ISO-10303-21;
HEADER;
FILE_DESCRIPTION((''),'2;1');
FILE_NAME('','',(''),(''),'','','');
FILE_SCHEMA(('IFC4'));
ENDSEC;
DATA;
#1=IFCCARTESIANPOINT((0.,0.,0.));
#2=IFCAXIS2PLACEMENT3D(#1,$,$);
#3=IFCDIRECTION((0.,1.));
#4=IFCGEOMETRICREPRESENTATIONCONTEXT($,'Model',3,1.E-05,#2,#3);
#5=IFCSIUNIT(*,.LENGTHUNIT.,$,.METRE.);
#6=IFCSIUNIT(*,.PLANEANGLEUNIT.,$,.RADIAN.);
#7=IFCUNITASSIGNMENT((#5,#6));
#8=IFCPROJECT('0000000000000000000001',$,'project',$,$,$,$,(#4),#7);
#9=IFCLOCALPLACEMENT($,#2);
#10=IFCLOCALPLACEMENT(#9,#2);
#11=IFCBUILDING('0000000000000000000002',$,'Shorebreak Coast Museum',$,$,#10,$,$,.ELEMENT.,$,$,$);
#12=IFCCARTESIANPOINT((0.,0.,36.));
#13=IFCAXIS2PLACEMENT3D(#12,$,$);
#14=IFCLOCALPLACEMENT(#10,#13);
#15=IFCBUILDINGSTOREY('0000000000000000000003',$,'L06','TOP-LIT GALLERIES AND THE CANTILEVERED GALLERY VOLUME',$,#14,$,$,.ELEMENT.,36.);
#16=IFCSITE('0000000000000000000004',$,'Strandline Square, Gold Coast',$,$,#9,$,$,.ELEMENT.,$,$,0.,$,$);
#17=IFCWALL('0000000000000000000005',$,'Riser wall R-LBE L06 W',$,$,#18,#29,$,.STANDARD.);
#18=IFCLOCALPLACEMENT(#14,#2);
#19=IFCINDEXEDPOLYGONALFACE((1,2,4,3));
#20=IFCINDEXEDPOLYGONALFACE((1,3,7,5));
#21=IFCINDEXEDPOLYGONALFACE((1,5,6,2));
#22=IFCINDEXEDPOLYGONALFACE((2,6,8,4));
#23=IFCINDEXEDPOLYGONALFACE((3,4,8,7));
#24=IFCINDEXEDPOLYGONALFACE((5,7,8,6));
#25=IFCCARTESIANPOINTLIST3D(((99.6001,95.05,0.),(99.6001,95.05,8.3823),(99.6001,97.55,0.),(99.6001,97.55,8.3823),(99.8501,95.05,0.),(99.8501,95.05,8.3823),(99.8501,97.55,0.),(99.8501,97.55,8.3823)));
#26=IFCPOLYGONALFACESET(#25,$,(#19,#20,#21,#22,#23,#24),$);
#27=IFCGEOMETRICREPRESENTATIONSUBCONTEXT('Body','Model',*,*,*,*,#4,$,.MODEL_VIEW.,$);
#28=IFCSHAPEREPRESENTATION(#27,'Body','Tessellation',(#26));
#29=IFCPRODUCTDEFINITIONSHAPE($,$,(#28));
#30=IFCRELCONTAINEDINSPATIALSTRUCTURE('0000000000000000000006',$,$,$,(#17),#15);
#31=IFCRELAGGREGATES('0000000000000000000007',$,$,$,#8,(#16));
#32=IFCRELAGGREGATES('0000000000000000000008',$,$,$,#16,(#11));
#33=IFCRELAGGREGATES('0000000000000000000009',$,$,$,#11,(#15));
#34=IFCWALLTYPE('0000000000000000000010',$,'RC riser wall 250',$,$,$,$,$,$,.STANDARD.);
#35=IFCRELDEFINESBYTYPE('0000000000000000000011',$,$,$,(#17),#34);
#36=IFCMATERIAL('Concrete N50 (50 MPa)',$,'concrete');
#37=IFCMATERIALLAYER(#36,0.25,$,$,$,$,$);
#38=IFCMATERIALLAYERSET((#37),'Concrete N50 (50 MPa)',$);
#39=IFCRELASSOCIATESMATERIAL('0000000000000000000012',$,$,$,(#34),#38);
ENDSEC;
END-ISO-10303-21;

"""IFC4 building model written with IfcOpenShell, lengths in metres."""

from ifc_helpers import new_model, si_unit, direction, frame, frame_2d, origin, place, context, subcontext, project, spatial, rectangle, extrude, material, layer, layer_set, type_object, element, save


model = new_model("IFC4")

# Units and contexts
model_context = context("Model", 3, precision=1e-05, world=origin(), true_north=direction((0.0, 1.0)))
body_context = subcontext(model_context, "Body", "Model", "MODEL_VIEW")
ifc_project = project(units=[si_unit("LENGTHUNIT", "METRE"), si_unit("PLANEANGLEUNIT", "RADIAN")], contexts=[model_context])

# Site, building, storey
site_placement = place(None, origin())
site = spatial("IfcSite", under=ifc_project, at=site_placement, Name="Strandline Square, Gold Coast", CompositionType="ELEMENT", RefElevation=0.0)
building_placement = place(site_placement, origin())
building = spatial("IfcBuilding", under=site, at=building_placement, Name="Shorebreak Coast Museum", CompositionType="ELEMENT")
storey_placement = place(building_placement, frame((0.0, 0.0, 36.0)))
storey = spatial("IfcBuildingStorey", under=building, at=storey_placement, Name="L06", Description="TOP-LIT GALLERIES AND THE CANTILEVERED GALLERY VOLUME", CompositionType="ELEMENT", Elevation=36.0)

# Wall
ifc_material_1 = material(Name="Concrete N50 (50 MPa)", Category="concrete")
ifc_layer_1 = layer(ifc_material_1, 0.25)
ifc_layer_set_1 = layer_set([ifc_layer_1], Name="Concrete N50 (50 MPa)")
wall_type_1 = type_object("IfcWallType", Name="RC riser wall 250", PredefinedType="STANDARD", material=ifc_layer_set_1)
wall_1_placement = place(storey_placement, frame((99.7251, 95.05, 0.0), z_axis=(0.0, 0.0, 1.0), x_axis=(0.0, 1.0, 0.0)))
element("IfcWall", 1, at=wall_1_placement, inside=storey, type_object=wall_type_1, Name="Riser wall R-LBE L06 W", PredefinedType="STANDARD", context=body_context, shape_type="SweptSolid", body=[
    extrude(rectangle(XDim=2.5, YDim=0.25, at=frame_2d((1.25, 0.0))), origin(), (0.0, 0.0, 1.0), 8.3823),
])

save(model, "model.ifc")
